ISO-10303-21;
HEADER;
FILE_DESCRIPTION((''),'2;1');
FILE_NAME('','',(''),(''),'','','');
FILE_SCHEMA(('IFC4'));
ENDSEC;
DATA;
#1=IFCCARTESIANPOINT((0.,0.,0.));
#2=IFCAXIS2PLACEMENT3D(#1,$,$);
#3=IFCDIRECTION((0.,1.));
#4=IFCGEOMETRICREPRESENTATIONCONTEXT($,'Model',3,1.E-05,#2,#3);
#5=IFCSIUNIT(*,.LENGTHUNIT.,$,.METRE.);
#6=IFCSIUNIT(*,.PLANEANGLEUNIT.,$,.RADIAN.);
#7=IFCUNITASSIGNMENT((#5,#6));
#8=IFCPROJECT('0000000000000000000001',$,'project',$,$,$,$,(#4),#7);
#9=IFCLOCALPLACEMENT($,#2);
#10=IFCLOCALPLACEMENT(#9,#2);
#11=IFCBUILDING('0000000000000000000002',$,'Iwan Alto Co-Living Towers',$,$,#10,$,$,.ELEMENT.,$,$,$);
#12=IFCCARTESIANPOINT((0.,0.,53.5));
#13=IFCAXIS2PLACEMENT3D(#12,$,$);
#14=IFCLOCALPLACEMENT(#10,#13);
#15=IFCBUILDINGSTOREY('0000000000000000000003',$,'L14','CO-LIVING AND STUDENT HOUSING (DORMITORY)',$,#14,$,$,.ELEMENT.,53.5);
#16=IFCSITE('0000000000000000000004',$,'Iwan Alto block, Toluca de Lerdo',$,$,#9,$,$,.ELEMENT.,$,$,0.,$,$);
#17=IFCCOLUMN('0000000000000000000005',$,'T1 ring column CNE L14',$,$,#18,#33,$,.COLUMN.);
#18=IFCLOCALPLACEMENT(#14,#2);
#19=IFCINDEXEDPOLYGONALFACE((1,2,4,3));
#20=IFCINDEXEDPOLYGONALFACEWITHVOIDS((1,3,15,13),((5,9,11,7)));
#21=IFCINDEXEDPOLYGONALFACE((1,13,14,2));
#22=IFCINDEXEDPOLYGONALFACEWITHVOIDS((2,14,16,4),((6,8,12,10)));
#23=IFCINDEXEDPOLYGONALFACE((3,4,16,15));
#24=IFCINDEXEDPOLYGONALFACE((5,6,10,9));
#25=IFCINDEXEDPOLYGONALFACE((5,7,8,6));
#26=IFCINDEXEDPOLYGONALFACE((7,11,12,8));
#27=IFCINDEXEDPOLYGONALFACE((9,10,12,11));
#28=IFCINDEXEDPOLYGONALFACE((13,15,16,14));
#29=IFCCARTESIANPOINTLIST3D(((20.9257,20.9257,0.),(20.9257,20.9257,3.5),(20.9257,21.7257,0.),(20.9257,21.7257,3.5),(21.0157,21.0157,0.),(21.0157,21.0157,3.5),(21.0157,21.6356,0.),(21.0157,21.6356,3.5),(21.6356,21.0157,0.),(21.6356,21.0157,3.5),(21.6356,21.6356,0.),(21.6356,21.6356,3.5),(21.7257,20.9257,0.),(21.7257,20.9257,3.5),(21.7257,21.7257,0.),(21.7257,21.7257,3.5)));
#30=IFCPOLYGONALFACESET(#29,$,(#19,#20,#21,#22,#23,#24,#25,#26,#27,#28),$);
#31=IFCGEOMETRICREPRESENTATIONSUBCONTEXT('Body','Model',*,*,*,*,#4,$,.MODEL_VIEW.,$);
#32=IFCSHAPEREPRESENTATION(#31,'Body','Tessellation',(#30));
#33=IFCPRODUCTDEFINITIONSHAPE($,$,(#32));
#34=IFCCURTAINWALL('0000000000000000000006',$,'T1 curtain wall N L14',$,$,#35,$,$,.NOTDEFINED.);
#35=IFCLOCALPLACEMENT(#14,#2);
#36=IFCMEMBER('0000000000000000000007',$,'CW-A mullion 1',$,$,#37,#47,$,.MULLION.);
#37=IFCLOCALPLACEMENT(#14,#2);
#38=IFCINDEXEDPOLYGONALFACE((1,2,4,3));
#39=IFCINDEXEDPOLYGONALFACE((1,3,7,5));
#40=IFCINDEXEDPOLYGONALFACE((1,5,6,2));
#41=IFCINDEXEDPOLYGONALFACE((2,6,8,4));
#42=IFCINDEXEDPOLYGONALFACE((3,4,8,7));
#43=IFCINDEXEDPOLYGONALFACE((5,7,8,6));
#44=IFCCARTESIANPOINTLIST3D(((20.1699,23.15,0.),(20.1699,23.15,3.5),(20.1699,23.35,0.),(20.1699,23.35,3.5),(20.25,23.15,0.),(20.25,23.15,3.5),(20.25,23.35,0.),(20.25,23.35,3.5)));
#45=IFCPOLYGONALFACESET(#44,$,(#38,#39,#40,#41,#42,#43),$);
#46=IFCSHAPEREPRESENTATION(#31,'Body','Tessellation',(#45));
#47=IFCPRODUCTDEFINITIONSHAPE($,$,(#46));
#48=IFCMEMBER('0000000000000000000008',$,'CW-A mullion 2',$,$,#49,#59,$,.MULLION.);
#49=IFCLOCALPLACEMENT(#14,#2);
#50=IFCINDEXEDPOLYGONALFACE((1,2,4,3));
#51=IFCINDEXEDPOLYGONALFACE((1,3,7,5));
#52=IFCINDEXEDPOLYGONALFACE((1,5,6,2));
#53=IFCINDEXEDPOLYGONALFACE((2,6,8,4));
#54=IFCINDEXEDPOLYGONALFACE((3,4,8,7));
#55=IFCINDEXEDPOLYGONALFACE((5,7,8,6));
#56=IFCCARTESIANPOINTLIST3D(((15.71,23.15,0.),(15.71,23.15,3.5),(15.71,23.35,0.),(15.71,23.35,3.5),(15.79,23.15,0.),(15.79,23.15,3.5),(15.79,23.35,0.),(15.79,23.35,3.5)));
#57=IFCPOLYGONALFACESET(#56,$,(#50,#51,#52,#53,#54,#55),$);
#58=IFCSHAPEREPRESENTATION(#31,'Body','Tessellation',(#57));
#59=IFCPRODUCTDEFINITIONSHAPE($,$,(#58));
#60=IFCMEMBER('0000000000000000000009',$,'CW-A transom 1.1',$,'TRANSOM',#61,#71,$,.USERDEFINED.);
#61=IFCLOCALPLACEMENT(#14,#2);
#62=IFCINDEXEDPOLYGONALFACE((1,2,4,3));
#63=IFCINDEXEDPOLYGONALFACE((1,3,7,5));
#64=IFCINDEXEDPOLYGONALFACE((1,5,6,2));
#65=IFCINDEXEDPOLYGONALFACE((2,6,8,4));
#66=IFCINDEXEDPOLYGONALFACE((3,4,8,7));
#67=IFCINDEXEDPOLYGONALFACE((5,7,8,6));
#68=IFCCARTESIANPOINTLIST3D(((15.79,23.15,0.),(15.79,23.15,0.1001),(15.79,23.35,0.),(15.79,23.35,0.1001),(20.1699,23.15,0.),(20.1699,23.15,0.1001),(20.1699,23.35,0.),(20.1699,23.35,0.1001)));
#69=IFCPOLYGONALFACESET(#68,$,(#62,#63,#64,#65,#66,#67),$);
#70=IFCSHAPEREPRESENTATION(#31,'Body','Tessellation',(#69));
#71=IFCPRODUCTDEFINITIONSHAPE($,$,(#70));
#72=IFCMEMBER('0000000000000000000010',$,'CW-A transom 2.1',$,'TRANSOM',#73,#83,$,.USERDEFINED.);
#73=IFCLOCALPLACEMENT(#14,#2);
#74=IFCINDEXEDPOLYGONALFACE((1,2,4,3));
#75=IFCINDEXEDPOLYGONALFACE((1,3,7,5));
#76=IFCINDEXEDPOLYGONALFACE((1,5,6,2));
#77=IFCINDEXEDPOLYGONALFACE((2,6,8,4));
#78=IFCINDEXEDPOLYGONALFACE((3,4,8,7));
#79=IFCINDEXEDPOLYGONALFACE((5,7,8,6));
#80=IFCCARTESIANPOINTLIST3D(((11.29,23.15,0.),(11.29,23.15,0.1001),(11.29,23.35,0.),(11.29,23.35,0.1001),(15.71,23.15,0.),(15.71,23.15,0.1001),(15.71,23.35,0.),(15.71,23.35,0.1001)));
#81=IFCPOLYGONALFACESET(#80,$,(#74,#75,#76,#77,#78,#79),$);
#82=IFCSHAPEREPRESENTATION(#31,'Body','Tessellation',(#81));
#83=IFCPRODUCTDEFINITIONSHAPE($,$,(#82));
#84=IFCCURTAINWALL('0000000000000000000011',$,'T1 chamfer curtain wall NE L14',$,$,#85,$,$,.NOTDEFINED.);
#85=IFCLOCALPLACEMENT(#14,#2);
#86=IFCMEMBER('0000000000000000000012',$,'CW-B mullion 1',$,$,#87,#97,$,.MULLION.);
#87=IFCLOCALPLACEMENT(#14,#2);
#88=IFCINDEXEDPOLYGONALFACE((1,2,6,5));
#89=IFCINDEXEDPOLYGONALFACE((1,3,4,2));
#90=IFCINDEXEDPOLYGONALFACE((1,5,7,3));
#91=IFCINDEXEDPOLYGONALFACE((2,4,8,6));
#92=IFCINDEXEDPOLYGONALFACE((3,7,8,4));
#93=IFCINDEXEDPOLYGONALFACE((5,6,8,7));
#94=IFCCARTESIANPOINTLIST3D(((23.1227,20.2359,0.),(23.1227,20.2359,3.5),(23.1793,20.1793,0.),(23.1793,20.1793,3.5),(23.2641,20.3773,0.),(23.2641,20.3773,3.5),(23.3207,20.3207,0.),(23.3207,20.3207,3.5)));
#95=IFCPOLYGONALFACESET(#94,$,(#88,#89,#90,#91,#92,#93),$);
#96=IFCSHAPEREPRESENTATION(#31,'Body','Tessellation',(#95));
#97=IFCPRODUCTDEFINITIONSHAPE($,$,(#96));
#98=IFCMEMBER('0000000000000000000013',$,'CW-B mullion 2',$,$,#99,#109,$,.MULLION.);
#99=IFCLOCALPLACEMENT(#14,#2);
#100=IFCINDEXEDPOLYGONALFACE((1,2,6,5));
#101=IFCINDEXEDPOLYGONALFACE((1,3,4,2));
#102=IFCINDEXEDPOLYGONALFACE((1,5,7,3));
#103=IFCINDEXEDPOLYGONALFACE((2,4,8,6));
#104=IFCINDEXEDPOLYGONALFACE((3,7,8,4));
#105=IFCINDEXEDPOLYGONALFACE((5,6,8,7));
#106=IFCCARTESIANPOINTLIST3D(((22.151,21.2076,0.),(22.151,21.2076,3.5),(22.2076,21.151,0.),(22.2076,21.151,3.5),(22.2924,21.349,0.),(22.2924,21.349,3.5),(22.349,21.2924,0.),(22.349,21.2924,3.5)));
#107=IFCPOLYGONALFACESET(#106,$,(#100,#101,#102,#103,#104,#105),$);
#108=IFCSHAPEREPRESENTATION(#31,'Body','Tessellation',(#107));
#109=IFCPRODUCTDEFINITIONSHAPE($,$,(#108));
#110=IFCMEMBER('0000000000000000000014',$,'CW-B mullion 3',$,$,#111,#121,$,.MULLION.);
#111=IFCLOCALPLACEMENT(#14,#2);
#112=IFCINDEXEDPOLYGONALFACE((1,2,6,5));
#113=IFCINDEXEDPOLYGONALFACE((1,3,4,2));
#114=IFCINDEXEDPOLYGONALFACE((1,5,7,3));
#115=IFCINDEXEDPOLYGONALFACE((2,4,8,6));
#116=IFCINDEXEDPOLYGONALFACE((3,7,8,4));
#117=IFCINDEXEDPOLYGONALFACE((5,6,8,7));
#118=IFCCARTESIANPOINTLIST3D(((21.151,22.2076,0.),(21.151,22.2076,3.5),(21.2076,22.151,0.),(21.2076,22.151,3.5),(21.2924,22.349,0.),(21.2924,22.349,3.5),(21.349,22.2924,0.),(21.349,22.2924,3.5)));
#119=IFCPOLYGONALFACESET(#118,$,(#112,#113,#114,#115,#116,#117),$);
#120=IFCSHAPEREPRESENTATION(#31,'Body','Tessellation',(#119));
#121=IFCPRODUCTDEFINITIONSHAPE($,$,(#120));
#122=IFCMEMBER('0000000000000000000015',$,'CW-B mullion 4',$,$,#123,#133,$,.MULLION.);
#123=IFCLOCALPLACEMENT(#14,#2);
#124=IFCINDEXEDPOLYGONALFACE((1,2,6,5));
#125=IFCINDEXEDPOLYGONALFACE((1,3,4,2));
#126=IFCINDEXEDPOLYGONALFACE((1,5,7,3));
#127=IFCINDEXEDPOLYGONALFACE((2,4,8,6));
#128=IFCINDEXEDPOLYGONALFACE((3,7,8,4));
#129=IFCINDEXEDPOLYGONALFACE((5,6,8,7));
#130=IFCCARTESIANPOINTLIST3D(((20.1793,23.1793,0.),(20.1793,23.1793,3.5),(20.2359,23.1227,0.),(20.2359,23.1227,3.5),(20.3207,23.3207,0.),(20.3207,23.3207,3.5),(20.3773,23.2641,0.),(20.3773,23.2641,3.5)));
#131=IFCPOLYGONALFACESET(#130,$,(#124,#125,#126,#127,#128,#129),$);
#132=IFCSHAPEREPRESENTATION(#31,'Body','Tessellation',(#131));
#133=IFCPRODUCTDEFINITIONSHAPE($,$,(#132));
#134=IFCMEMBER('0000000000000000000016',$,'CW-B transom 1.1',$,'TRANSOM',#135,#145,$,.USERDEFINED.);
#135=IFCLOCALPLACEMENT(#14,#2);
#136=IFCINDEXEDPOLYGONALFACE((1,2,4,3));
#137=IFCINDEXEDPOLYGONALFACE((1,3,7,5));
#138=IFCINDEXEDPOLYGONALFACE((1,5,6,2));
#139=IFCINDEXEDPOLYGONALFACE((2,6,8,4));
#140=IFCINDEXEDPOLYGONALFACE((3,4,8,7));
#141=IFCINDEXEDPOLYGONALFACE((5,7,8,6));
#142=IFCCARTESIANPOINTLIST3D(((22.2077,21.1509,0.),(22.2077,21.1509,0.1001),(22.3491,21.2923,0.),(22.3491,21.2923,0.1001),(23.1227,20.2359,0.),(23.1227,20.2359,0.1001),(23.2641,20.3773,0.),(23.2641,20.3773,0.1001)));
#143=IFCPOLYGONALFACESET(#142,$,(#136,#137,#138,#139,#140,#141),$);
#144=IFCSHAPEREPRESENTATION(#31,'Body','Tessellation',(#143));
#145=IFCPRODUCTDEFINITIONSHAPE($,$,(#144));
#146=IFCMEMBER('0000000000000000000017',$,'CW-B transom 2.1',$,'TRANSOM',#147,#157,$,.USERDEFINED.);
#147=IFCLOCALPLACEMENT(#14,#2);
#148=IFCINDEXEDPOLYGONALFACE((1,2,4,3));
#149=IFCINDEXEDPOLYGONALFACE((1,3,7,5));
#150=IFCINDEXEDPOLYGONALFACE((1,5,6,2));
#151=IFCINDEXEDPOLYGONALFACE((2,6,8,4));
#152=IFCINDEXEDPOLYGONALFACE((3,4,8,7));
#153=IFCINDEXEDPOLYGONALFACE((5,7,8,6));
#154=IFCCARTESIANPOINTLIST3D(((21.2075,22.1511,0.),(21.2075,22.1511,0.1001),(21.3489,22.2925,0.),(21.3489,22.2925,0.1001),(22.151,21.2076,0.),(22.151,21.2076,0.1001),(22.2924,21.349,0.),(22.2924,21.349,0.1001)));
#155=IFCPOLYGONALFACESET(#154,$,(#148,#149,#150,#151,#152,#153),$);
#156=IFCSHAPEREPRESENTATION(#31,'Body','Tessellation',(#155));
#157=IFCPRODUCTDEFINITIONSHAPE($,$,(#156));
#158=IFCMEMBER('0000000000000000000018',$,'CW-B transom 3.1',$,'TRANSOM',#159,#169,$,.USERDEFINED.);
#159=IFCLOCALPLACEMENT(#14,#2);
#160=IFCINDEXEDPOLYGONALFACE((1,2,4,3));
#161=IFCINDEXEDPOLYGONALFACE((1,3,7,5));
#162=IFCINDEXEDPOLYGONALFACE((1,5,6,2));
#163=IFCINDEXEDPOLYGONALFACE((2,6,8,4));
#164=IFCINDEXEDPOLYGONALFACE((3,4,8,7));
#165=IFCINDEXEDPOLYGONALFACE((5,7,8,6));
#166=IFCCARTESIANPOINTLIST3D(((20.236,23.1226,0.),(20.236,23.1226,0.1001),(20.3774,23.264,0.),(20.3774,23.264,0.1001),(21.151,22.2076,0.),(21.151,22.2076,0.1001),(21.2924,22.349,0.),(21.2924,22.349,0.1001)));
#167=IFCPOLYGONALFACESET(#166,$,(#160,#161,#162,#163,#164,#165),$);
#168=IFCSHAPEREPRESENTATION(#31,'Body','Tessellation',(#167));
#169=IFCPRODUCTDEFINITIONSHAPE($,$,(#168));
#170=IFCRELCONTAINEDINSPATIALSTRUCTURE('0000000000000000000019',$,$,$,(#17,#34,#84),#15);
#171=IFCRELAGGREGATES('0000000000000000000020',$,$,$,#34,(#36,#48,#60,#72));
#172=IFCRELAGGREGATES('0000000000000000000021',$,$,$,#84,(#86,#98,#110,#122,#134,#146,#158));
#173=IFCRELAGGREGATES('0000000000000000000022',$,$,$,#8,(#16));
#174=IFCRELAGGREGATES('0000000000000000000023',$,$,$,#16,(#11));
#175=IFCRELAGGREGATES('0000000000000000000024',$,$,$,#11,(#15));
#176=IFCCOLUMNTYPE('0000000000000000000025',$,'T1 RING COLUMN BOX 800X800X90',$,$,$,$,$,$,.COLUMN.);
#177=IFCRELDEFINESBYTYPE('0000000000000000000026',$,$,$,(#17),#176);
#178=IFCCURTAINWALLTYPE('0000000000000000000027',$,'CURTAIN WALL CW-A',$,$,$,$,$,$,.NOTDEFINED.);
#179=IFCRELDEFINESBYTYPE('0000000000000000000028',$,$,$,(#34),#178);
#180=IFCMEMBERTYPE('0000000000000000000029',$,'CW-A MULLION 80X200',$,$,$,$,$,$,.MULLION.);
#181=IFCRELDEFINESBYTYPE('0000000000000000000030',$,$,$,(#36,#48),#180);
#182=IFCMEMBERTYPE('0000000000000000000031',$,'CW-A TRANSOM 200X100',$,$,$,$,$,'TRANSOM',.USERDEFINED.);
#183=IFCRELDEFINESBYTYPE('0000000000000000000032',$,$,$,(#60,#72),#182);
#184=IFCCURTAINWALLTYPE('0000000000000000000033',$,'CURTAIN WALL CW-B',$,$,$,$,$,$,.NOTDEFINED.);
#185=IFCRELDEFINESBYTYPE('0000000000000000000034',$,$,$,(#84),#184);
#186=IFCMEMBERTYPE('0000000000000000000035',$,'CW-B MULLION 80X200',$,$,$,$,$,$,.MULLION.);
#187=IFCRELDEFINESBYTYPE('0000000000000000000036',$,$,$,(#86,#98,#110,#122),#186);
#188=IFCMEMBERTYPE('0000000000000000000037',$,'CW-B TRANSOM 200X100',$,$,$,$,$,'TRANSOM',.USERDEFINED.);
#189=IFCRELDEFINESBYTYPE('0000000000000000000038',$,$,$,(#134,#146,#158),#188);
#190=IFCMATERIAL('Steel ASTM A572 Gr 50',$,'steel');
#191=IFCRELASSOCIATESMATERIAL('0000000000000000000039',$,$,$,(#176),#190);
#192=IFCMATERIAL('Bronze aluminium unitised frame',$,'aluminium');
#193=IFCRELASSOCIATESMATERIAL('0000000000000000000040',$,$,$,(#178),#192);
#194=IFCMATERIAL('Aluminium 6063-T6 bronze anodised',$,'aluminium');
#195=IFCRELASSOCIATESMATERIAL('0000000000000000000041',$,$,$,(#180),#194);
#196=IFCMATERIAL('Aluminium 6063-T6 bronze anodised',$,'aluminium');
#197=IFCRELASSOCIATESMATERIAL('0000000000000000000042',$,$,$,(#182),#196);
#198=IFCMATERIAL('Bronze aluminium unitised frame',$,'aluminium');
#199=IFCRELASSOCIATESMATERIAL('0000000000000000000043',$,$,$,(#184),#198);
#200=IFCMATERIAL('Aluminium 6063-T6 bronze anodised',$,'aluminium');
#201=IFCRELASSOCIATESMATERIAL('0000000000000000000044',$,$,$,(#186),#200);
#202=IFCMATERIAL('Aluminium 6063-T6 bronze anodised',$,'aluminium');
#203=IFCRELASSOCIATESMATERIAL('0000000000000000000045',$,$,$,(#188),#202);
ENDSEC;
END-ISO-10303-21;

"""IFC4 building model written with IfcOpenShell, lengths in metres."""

from ifc_helpers import new_model, si_unit, direction, frame, origin, origin_2d, place, context, subcontext, project, spatial, rectangle, hollow_rectangle, extrude, material, material_profile, profile_set, type_object, element, aggregate, save


model = new_model("IFC4")

# Units and contexts
model_context = context("Model", 3, precision=1e-05, world=origin(), true_north=direction((0.0, 1.0)))
body_context = subcontext(model_context, "Body", "Model", "MODEL_VIEW")
ifc_project = project(units=[si_unit("LENGTHUNIT", "METRE"), si_unit("PLANEANGLEUNIT", "RADIAN")], contexts=[model_context])

# Site, building, storey
site_placement = place(None, origin())
site = spatial("IfcSite", under=ifc_project, at=site_placement, Name="Iwan Alto block, Toluca de Lerdo", CompositionType="ELEMENT", RefElevation=0.0)
building_placement = place(site_placement, origin())
building = spatial("IfcBuilding", under=site, at=building_placement, Name="Iwan Alto Co-Living Towers", CompositionType="ELEMENT")
storey_placement = place(building_placement, frame((0.0, 0.0, 53.5)))
storey = spatial("IfcBuildingStorey", under=building, at=storey_placement, Name="L14", Description="CO-LIVING AND STUDENT HOUSING (DORMITORY)", CompositionType="ELEMENT", Elevation=53.5)

# Column
ifc_material_1 = material(Name="Steel ASTM A572 Gr 50", Category="steel")
ifc_material_profile_1 = material_profile(ifc_material_1, hollow_rectangle(XDim=0.8, YDim=0.8, WallThickness=0.0901, at=origin_2d()), Name="BOX 800X800X90")
ifc_profile_set_1 = profile_set([ifc_material_profile_1], Name="Steel ASTM A572 Gr 50")
column_type = type_object("IfcColumnType", Name="T1 RING COLUMN BOX 800X800X90", PredefinedType="COLUMN", material=ifc_profile_set_1)
column_placement = place(storey_placement, frame((21.3257, 21.3257, 0.0), z_axis=(0.0, 0.0, 1.0), x_axis=(1.0, 0.0, 0.0)))
element("IfcColumn", 1, at=column_placement, inside=storey, type_object=column_type, Name="T1 ring column CNE L14", PredefinedType="COLUMN", context=body_context, shape_type="SweptSolid", body=[
    extrude(hollow_rectangle(XDim=0.8, YDim=0.8, WallThickness=0.0901, at=origin_2d()), origin(), (0.0, 0.0, 1.0), 3.5),
])

# Curtain walls, members
ifc_material_2 = material(Name="Bronze aluminium unitised frame", Category="aluminium")
curtain_wall_type_1 = type_object("IfcCurtainWallType", Name="CURTAIN WALL CW-A", PredefinedType="NOTDEFINED", material=ifc_material_2)
curtain_wall_1_placement = place(storey_placement, origin())
curtain_wall_1 = element("IfcCurtainWall", 2, at=curtain_wall_1_placement, inside=storey, type_object=curtain_wall_type_1, Name="T1 curtain wall N L14", PredefinedType="NOTDEFINED")
ifc_material_3 = material(Name="Aluminium 6063-T6 bronze anodised", Category="aluminium")
ifc_material_profile_2 = material_profile(ifc_material_3, rectangle(XDim=0.2, YDim=0.0801, at=origin_2d()), Name="AL 80X200")
ifc_profile_set_2 = profile_set([ifc_material_profile_2], Name="Aluminium 6063-T6 bronze anodised")
member_type_1 = type_object("IfcMemberType", Name="CW-A MULLION 80X200", PredefinedType="MULLION", material=ifc_profile_set_2)
member_1_placement = place(storey_placement, frame((20.21, 23.25, 0.0), z_axis=(0.0, 0.0, 1.0), x_axis=(0.0, -1.0, 0.0)))
member_1 = element("IfcMember", 3, at=member_1_placement, type_object=member_type_1, Name="CW-A mullion 1", PredefinedType="MULLION", context=body_context, shape_type="SweptSolid", body=[
    extrude(rectangle(XDim=0.2, YDim=0.0801, at=origin_2d()), origin(), (0.0, 0.0, 1.0), 3.5),
])
member_2_placement = place(storey_placement, frame((15.75, 23.25, 0.0), z_axis=(0.0, 0.0, 1.0), x_axis=(0.0, -1.0, 0.0)))
member_2 = element("IfcMember", 4, at=member_2_placement, type_object=member_type_1, Name="CW-A mullion 2", PredefinedType="MULLION", context=body_context, shape_type="SweptSolid", body=[
    extrude(rectangle(XDim=0.2, YDim=0.0801, at=origin_2d()), origin(), (0.0, 0.0, 1.0), 3.5),
])
ifc_material_4 = material(Name="Aluminium 6063-T6 bronze anodised", Category="aluminium")
ifc_material_profile_3 = material_profile(ifc_material_4, rectangle(XDim=0.2, YDim=0.1001, at=origin_2d()), Name="AL 200X100")
ifc_profile_set_3 = profile_set([ifc_material_profile_3], Name="Aluminium 6063-T6 bronze anodised")
member_type_2 = type_object("IfcMemberType", Name="CW-A TRANSOM 200X100", ElementType="TRANSOM", PredefinedType="USERDEFINED", material=ifc_profile_set_3)
member_3_placement = place(storey_placement, frame((20.1699, 23.25, 0.05), z_axis=(-1.0, 0.0, 0.0), x_axis=(0.0, -1.0, 0.0)))
member_3 = element("IfcMember", 5, at=member_3_placement, type_object=member_type_2, Name="CW-A transom 1.1", ObjectType="TRANSOM", PredefinedType="USERDEFINED", context=body_context, shape_type="SweptSolid", body=[
    extrude(rectangle(XDim=0.2, YDim=0.1001, at=origin_2d()), origin(), (0.0, 0.0, 1.0), 4.3799),
])
member_4_placement = place(storey_placement, frame((15.71, 23.25, 0.05), z_axis=(-1.0, 0.0, 0.0), x_axis=(0.0, -1.0, 0.0)))
member_4 = element("IfcMember", 6, at=member_4_placement, type_object=member_type_2, Name="CW-A transom 2.1", ObjectType="TRANSOM", PredefinedType="USERDEFINED", context=body_context, shape_type="SweptSolid", body=[
    extrude(rectangle(XDim=0.2, YDim=0.1001, at=origin_2d()), origin(), (0.0, 0.0, 1.0), 4.4199),
])
ifc_material_5 = material(Name="Bronze aluminium unitised frame", Category="aluminium")
curtain_wall_type_2 = type_object("IfcCurtainWallType", Name="CURTAIN WALL CW-B", PredefinedType="NOTDEFINED", material=ifc_material_5)
curtain_wall_2_placement = place(storey_placement, origin())
curtain_wall_2 = element("IfcCurtainWall", 7, at=curtain_wall_2_placement, inside=storey, type_object=curtain_wall_type_2, Name="T1 chamfer curtain wall NE L14", PredefinedType="NOTDEFINED")
ifc_material_6 = material(Name="Aluminium 6063-T6 bronze anodised", Category="aluminium")
ifc_material_profile_4 = material_profile(ifc_material_6, rectangle(XDim=0.2, YDim=0.0801, at=origin_2d()), Name="AL 80X200")
ifc_profile_set_4 = profile_set([ifc_material_profile_4], Name="Aluminium 6063-T6 bronze anodised")
member_type_3 = type_object("IfcMemberType", Name="CW-B MULLION 80X200", PredefinedType="MULLION", material=ifc_profile_set_4)
member_5_placement = place(storey_placement, frame((23.2217, 20.2783, 0.0), z_axis=(0.0, 0.0, 1.0), x_axis=(-0.707107, -0.707107, 0.0)))
member_5 = element("IfcMember", 8, at=member_5_placement, type_object=member_type_3, Name="CW-B mullion 1", PredefinedType="MULLION", context=body_context, shape_type="SweptSolid", body=[
    extrude(rectangle(XDim=0.2, YDim=0.0801, at=origin_2d()), origin(), (0.0, 0.0, 1.0), 3.5),
])
member_6_placement = place(storey_placement, frame((22.25, 21.25, 0.0), z_axis=(0.0, 0.0, 1.0), x_axis=(-0.707107, -0.707107, 0.0)))
member_6 = element("IfcMember", 9, at=member_6_placement, type_object=member_type_3, Name="CW-B mullion 2", PredefinedType="MULLION", context=body_context, shape_type="SweptSolid", body=[
    extrude(rectangle(XDim=0.2, YDim=0.0801, at=origin_2d()), origin(), (0.0, 0.0, 1.0), 3.5),
])
member_7_placement = place(storey_placement, frame((21.25, 22.25, 0.0), z_axis=(0.0, 0.0, 1.0), x_axis=(-0.707107, -0.707107, 0.0)))
member_7 = element("IfcMember", 10, at=member_7_placement, type_object=member_type_3, Name="CW-B mullion 3", PredefinedType="MULLION", context=body_context, shape_type="SweptSolid", body=[
    extrude(rectangle(XDim=0.2, YDim=0.0801, at=origin_2d()), origin(), (0.0, 0.0, 1.0), 3.5),
])
member_8_placement = place(storey_placement, frame((20.2783, 23.2217, 0.0), z_axis=(0.0, 0.0, 1.0), x_axis=(-0.707107, -0.707107, 0.0)))
member_8 = element("IfcMember", 11, at=member_8_placement, type_object=member_type_3, Name="CW-B mullion 4", PredefinedType="MULLION", context=body_context, shape_type="SweptSolid", body=[
    extrude(rectangle(XDim=0.2, YDim=0.0801, at=origin_2d()), origin(), (0.0, 0.0, 1.0), 3.5),
])
ifc_material_7 = material(Name="Aluminium 6063-T6 bronze anodised", Category="aluminium")
ifc_material_profile_5 = material_profile(ifc_material_7, rectangle(XDim=0.2, YDim=0.1001, at=origin_2d()), Name="AL 200X100")
ifc_profile_set_5 = profile_set([ifc_material_profile_5], Name="Aluminium 6063-T6 bronze anodised")
member_type_4 = type_object("IfcMemberType", Name="CW-B TRANSOM 200X100", ElementType="TRANSOM", PredefinedType="USERDEFINED", material=ifc_profile_set_5)
member_9_placement = place(storey_placement, frame((23.1934, 20.3066, 0.05), z_axis=(-0.707107, 0.707107, 0.0), x_axis=(-0.707107, -0.707107, 0.0)))
member_9 = element("IfcMember", 12, at=member_9_placement, type_object=member_type_4, Name="CW-B transom 1.1", ObjectType="TRANSOM", PredefinedType="USERDEFINED", context=body_context, shape_type="SweptSolid", body=[
    extrude(rectangle(XDim=0.2, YDim=0.1001, at=origin_2d()), origin(), (0.0, 0.0, 1.0), 1.2939),
])
member_10_placement = place(storey_placement, frame((22.2217, 21.2783, 0.05), z_axis=(-0.707107, 0.707107, 0.0), x_axis=(-0.707107, -0.707107, 0.0)))
member_10 = element("IfcMember", 13, at=member_10_placement, type_object=member_type_4, Name="CW-B transom 2.1", ObjectType="TRANSOM", PredefinedType="USERDEFINED", context=body_context, shape_type="SweptSolid", body=[
    extrude(rectangle(XDim=0.2, YDim=0.1001, at=origin_2d()), origin(), (0.0, 0.0, 1.0), 1.3342),
])
member_11_placement = place(storey_placement, frame((21.2217, 22.2783, 0.05), z_axis=(-0.707107, 0.707107, 0.0), x_axis=(-0.707107, -0.707107, 0.0)))
member_11 = element("IfcMember", 14, at=member_11_placement, type_object=member_type_4, Name="CW-B transom 3.1", ObjectType="TRANSOM", PredefinedType="USERDEFINED", context=body_context, shape_type="SweptSolid", body=[
    extrude(rectangle(XDim=0.2, YDim=0.1001, at=origin_2d()), origin(), (0.0, 0.0, 1.0), 1.2939),
])

aggregate(curtain_wall_1, [member_1, member_2, member_3, member_4])
aggregate(curtain_wall_2, [member_5, member_6, member_7, member_8, member_9, member_10, member_11])

save(model, "model.ifc")
